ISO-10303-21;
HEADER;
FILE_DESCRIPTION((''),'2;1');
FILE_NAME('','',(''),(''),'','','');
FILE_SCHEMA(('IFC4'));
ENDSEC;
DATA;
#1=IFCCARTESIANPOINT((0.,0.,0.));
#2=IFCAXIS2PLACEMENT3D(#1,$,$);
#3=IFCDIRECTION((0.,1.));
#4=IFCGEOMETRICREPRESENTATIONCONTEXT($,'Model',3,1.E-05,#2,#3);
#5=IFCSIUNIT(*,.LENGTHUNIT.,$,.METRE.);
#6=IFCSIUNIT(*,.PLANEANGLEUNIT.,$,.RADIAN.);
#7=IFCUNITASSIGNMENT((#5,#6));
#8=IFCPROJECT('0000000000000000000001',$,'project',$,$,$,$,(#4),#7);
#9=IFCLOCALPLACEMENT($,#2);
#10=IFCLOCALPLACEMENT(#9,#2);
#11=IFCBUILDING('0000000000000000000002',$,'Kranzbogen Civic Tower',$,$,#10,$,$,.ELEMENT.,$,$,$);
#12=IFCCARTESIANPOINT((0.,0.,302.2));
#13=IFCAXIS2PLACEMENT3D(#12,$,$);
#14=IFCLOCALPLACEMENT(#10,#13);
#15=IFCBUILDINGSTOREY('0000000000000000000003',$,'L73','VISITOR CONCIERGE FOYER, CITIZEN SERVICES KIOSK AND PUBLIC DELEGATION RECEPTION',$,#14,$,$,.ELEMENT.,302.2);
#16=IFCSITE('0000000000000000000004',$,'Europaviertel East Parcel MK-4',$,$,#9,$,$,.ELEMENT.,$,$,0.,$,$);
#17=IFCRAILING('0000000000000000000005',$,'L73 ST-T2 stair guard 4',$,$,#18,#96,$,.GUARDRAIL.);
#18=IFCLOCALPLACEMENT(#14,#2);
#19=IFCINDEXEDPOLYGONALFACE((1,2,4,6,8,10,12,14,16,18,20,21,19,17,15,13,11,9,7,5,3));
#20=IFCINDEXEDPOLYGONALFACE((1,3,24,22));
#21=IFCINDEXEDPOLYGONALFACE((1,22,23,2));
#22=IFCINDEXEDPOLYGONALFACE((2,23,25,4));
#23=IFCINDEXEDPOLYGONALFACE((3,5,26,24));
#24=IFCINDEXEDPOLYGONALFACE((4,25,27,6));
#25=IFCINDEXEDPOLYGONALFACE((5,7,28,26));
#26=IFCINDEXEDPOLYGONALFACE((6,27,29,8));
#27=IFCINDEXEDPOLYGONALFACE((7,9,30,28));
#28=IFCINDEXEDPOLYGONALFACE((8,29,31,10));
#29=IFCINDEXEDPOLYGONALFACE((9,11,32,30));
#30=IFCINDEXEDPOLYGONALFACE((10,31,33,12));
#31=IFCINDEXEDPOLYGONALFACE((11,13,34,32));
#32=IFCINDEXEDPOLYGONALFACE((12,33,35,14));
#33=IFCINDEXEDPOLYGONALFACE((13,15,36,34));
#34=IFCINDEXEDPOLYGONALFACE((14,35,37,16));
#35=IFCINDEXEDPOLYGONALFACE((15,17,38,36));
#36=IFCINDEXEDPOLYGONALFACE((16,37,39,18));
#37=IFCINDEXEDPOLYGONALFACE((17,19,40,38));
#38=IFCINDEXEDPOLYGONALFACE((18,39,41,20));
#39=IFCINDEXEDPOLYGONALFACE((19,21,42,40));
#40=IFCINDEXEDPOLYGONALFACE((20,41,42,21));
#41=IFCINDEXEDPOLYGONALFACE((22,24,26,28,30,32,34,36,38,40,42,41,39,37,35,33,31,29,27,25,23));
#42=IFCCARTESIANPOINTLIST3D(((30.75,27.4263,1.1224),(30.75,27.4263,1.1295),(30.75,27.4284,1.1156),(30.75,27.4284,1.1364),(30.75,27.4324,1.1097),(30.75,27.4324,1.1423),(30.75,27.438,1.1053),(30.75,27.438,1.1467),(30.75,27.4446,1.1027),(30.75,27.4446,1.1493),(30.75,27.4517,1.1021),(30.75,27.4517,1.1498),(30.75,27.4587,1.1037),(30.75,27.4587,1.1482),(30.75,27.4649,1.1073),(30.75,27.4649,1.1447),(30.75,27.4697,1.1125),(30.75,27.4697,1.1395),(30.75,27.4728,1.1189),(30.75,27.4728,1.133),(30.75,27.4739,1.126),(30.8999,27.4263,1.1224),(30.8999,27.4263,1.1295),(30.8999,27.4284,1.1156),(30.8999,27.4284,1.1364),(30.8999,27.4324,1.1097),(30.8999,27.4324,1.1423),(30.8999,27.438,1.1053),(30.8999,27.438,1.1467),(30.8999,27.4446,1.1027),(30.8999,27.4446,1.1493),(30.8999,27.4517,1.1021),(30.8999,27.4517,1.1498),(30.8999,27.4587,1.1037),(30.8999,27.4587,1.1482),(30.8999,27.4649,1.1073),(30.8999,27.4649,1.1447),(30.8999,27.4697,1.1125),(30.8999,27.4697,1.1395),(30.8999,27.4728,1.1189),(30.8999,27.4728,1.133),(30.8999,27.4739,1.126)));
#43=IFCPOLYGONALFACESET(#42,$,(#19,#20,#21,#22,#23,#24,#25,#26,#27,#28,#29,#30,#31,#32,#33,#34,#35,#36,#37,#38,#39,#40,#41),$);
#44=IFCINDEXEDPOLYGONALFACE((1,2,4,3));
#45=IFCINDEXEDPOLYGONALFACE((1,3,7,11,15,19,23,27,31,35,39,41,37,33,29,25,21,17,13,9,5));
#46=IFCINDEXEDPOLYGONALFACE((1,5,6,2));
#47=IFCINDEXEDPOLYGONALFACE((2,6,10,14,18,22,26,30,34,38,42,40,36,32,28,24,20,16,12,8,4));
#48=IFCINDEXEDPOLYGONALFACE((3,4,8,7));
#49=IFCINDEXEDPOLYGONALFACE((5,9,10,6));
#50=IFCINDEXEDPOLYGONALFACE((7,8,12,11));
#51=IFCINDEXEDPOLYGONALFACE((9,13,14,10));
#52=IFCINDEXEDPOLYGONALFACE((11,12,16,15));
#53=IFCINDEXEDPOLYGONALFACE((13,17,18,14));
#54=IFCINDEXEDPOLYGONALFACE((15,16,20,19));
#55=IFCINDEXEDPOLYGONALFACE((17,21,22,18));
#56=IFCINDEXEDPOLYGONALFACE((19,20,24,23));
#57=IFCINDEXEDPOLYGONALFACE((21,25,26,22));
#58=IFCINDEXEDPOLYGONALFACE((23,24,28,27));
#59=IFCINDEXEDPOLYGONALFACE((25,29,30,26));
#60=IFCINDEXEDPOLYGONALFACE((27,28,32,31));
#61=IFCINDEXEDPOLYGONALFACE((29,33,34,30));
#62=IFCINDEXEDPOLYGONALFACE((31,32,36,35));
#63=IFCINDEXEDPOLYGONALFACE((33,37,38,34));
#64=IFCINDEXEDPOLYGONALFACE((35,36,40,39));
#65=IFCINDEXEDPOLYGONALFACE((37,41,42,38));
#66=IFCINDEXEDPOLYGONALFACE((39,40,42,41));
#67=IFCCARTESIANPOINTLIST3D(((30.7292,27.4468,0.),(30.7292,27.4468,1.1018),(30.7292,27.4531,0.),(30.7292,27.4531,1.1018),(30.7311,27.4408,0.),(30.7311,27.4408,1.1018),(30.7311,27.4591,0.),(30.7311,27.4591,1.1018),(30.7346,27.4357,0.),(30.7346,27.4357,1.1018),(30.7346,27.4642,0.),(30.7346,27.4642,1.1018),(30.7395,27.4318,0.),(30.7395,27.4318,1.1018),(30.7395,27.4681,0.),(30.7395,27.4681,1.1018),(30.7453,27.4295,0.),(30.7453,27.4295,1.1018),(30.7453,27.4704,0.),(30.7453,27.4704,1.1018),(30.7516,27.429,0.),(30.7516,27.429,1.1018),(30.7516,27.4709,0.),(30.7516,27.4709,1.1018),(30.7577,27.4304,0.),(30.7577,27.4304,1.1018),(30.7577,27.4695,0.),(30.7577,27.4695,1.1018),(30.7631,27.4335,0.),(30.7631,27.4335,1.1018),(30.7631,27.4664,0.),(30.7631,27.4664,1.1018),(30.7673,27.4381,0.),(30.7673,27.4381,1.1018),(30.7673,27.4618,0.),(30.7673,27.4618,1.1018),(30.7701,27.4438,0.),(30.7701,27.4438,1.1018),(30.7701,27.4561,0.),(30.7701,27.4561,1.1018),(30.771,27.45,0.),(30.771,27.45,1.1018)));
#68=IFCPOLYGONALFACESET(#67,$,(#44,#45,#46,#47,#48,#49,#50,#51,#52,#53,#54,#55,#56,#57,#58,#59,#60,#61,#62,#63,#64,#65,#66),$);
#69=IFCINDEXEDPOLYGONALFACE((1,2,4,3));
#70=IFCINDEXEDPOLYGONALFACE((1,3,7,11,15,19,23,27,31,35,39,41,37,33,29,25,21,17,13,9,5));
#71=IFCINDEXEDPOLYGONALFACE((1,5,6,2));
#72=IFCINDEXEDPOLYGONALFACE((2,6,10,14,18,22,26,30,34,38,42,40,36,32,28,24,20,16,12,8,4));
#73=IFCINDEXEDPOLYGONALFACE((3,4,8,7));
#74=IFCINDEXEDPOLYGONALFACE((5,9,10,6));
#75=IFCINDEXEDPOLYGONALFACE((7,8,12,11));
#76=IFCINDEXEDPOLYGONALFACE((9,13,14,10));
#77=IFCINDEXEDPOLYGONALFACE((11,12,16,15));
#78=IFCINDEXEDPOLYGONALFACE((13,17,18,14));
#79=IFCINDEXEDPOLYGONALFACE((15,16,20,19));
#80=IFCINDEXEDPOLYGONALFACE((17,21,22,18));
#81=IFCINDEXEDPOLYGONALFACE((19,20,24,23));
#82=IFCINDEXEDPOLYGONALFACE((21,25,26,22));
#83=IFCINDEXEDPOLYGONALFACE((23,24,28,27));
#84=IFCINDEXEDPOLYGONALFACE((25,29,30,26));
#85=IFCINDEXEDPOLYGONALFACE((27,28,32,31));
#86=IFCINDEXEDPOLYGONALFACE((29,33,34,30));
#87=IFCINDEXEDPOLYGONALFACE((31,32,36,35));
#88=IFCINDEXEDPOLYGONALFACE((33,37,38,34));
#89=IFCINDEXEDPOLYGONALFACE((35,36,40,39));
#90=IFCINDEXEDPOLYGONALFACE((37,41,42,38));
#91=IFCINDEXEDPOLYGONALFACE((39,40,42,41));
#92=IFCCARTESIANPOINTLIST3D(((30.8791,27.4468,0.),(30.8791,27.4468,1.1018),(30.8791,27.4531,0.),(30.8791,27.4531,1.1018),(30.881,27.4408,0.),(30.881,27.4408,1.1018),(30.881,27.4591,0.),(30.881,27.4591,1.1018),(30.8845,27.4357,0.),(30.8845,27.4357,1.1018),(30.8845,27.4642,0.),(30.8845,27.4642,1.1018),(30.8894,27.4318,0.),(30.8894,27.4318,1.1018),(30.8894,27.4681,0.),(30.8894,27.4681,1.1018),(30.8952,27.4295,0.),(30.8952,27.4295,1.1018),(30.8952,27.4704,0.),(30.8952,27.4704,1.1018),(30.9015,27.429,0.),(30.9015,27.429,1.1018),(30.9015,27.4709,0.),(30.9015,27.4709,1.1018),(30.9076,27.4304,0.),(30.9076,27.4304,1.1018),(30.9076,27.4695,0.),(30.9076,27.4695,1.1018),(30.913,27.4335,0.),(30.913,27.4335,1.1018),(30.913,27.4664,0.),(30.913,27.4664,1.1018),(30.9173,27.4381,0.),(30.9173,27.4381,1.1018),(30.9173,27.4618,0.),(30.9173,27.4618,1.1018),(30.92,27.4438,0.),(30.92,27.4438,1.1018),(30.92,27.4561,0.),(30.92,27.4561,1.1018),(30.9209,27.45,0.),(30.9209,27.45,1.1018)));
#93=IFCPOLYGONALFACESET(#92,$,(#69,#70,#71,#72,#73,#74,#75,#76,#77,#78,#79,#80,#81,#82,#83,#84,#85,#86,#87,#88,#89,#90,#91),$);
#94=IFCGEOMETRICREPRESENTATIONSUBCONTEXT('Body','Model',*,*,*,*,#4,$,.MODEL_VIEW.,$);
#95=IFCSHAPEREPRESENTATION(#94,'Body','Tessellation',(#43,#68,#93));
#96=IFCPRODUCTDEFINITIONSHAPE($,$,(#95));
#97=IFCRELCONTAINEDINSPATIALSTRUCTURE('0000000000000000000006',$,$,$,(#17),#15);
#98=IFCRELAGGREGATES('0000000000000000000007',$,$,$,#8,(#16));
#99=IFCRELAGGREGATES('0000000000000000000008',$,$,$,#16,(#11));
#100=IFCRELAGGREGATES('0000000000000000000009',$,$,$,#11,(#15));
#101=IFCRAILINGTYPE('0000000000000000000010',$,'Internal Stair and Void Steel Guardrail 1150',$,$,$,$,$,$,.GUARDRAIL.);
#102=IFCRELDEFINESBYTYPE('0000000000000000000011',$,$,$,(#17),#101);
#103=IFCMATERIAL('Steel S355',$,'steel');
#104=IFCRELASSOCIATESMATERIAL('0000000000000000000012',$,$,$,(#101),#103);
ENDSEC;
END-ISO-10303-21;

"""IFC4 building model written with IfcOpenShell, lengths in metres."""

from ifc_helpers import new_model, si_unit, direction, frame, origin, origin_2d, place, context, subcontext, project, spatial, circle, extrude, material, type_object, element, save


model = new_model("IFC4")

# Units and contexts
model_context = context("Model", 3, precision=1e-05, world=origin(), true_north=direction((0.0, 1.0)))
body_context = subcontext(model_context, "Body", "Model", "MODEL_VIEW")
ifc_project = project(units=[si_unit("LENGTHUNIT", "METRE"), si_unit("PLANEANGLEUNIT", "RADIAN")], contexts=[model_context])

# Site, building, storey
site_placement = place(None, origin())
site = spatial("IfcSite", under=ifc_project, at=site_placement, Name="Europaviertel East Parcel MK-4", CompositionType="ELEMENT", RefElevation=0.0)
building_placement = place(site_placement, origin())
building = spatial("IfcBuilding", under=site, at=building_placement, Name="Kranzbogen Civic Tower", CompositionType="ELEMENT")
storey_placement = place(building_placement, frame((0.0, 0.0, 302.2)))
storey = spatial("IfcBuildingStorey", under=building, at=storey_placement, Name="L73", Description="VISITOR CONCIERGE FOYER, CITIZEN SERVICES KIOSK AND PUBLIC DELEGATION RECEPTION", CompositionType="ELEMENT", Elevation=302.2)

# Shared definitions
ifc_material_1 = material(Name="Steel S355", Category="steel")

# Railing
railing_type_1 = type_object("IfcRailingType", Name="Internal Stair and Void Steel Guardrail 1150", PredefinedType="GUARDRAIL", material=ifc_material_1)
railing_1_placement = place(storey_placement, frame((30.75, 27.45, 0.0)))
element("IfcRailing", 1, at=railing_1_placement, inside=storey, type_object=railing_type_1, Name="L73 ST-T2 stair guard 4", PredefinedType="GUARDRAIL", context=body_context, shape_type="SweptSolid", body=[
    extrude(circle(Radius=0.0239, at=origin_2d()), frame((0.0, 0.0, 1.126), z_axis=(1.0, 0.0, 0.0), x_axis=(0.0, 1.0, 0.0)), (0.0, 0.0, 1.0), 0.1499),
    extrude(circle(Radius=0.021, at=origin_2d()), origin(), (0.0, 0.0, 1.0), 1.1018),
    extrude(circle(Radius=0.021, at=origin_2d()), frame((0.1499, 0.0, 0.0)), (0.0, 0.0, 1.0), 1.1018),
])

save(model, "model.ifc")
